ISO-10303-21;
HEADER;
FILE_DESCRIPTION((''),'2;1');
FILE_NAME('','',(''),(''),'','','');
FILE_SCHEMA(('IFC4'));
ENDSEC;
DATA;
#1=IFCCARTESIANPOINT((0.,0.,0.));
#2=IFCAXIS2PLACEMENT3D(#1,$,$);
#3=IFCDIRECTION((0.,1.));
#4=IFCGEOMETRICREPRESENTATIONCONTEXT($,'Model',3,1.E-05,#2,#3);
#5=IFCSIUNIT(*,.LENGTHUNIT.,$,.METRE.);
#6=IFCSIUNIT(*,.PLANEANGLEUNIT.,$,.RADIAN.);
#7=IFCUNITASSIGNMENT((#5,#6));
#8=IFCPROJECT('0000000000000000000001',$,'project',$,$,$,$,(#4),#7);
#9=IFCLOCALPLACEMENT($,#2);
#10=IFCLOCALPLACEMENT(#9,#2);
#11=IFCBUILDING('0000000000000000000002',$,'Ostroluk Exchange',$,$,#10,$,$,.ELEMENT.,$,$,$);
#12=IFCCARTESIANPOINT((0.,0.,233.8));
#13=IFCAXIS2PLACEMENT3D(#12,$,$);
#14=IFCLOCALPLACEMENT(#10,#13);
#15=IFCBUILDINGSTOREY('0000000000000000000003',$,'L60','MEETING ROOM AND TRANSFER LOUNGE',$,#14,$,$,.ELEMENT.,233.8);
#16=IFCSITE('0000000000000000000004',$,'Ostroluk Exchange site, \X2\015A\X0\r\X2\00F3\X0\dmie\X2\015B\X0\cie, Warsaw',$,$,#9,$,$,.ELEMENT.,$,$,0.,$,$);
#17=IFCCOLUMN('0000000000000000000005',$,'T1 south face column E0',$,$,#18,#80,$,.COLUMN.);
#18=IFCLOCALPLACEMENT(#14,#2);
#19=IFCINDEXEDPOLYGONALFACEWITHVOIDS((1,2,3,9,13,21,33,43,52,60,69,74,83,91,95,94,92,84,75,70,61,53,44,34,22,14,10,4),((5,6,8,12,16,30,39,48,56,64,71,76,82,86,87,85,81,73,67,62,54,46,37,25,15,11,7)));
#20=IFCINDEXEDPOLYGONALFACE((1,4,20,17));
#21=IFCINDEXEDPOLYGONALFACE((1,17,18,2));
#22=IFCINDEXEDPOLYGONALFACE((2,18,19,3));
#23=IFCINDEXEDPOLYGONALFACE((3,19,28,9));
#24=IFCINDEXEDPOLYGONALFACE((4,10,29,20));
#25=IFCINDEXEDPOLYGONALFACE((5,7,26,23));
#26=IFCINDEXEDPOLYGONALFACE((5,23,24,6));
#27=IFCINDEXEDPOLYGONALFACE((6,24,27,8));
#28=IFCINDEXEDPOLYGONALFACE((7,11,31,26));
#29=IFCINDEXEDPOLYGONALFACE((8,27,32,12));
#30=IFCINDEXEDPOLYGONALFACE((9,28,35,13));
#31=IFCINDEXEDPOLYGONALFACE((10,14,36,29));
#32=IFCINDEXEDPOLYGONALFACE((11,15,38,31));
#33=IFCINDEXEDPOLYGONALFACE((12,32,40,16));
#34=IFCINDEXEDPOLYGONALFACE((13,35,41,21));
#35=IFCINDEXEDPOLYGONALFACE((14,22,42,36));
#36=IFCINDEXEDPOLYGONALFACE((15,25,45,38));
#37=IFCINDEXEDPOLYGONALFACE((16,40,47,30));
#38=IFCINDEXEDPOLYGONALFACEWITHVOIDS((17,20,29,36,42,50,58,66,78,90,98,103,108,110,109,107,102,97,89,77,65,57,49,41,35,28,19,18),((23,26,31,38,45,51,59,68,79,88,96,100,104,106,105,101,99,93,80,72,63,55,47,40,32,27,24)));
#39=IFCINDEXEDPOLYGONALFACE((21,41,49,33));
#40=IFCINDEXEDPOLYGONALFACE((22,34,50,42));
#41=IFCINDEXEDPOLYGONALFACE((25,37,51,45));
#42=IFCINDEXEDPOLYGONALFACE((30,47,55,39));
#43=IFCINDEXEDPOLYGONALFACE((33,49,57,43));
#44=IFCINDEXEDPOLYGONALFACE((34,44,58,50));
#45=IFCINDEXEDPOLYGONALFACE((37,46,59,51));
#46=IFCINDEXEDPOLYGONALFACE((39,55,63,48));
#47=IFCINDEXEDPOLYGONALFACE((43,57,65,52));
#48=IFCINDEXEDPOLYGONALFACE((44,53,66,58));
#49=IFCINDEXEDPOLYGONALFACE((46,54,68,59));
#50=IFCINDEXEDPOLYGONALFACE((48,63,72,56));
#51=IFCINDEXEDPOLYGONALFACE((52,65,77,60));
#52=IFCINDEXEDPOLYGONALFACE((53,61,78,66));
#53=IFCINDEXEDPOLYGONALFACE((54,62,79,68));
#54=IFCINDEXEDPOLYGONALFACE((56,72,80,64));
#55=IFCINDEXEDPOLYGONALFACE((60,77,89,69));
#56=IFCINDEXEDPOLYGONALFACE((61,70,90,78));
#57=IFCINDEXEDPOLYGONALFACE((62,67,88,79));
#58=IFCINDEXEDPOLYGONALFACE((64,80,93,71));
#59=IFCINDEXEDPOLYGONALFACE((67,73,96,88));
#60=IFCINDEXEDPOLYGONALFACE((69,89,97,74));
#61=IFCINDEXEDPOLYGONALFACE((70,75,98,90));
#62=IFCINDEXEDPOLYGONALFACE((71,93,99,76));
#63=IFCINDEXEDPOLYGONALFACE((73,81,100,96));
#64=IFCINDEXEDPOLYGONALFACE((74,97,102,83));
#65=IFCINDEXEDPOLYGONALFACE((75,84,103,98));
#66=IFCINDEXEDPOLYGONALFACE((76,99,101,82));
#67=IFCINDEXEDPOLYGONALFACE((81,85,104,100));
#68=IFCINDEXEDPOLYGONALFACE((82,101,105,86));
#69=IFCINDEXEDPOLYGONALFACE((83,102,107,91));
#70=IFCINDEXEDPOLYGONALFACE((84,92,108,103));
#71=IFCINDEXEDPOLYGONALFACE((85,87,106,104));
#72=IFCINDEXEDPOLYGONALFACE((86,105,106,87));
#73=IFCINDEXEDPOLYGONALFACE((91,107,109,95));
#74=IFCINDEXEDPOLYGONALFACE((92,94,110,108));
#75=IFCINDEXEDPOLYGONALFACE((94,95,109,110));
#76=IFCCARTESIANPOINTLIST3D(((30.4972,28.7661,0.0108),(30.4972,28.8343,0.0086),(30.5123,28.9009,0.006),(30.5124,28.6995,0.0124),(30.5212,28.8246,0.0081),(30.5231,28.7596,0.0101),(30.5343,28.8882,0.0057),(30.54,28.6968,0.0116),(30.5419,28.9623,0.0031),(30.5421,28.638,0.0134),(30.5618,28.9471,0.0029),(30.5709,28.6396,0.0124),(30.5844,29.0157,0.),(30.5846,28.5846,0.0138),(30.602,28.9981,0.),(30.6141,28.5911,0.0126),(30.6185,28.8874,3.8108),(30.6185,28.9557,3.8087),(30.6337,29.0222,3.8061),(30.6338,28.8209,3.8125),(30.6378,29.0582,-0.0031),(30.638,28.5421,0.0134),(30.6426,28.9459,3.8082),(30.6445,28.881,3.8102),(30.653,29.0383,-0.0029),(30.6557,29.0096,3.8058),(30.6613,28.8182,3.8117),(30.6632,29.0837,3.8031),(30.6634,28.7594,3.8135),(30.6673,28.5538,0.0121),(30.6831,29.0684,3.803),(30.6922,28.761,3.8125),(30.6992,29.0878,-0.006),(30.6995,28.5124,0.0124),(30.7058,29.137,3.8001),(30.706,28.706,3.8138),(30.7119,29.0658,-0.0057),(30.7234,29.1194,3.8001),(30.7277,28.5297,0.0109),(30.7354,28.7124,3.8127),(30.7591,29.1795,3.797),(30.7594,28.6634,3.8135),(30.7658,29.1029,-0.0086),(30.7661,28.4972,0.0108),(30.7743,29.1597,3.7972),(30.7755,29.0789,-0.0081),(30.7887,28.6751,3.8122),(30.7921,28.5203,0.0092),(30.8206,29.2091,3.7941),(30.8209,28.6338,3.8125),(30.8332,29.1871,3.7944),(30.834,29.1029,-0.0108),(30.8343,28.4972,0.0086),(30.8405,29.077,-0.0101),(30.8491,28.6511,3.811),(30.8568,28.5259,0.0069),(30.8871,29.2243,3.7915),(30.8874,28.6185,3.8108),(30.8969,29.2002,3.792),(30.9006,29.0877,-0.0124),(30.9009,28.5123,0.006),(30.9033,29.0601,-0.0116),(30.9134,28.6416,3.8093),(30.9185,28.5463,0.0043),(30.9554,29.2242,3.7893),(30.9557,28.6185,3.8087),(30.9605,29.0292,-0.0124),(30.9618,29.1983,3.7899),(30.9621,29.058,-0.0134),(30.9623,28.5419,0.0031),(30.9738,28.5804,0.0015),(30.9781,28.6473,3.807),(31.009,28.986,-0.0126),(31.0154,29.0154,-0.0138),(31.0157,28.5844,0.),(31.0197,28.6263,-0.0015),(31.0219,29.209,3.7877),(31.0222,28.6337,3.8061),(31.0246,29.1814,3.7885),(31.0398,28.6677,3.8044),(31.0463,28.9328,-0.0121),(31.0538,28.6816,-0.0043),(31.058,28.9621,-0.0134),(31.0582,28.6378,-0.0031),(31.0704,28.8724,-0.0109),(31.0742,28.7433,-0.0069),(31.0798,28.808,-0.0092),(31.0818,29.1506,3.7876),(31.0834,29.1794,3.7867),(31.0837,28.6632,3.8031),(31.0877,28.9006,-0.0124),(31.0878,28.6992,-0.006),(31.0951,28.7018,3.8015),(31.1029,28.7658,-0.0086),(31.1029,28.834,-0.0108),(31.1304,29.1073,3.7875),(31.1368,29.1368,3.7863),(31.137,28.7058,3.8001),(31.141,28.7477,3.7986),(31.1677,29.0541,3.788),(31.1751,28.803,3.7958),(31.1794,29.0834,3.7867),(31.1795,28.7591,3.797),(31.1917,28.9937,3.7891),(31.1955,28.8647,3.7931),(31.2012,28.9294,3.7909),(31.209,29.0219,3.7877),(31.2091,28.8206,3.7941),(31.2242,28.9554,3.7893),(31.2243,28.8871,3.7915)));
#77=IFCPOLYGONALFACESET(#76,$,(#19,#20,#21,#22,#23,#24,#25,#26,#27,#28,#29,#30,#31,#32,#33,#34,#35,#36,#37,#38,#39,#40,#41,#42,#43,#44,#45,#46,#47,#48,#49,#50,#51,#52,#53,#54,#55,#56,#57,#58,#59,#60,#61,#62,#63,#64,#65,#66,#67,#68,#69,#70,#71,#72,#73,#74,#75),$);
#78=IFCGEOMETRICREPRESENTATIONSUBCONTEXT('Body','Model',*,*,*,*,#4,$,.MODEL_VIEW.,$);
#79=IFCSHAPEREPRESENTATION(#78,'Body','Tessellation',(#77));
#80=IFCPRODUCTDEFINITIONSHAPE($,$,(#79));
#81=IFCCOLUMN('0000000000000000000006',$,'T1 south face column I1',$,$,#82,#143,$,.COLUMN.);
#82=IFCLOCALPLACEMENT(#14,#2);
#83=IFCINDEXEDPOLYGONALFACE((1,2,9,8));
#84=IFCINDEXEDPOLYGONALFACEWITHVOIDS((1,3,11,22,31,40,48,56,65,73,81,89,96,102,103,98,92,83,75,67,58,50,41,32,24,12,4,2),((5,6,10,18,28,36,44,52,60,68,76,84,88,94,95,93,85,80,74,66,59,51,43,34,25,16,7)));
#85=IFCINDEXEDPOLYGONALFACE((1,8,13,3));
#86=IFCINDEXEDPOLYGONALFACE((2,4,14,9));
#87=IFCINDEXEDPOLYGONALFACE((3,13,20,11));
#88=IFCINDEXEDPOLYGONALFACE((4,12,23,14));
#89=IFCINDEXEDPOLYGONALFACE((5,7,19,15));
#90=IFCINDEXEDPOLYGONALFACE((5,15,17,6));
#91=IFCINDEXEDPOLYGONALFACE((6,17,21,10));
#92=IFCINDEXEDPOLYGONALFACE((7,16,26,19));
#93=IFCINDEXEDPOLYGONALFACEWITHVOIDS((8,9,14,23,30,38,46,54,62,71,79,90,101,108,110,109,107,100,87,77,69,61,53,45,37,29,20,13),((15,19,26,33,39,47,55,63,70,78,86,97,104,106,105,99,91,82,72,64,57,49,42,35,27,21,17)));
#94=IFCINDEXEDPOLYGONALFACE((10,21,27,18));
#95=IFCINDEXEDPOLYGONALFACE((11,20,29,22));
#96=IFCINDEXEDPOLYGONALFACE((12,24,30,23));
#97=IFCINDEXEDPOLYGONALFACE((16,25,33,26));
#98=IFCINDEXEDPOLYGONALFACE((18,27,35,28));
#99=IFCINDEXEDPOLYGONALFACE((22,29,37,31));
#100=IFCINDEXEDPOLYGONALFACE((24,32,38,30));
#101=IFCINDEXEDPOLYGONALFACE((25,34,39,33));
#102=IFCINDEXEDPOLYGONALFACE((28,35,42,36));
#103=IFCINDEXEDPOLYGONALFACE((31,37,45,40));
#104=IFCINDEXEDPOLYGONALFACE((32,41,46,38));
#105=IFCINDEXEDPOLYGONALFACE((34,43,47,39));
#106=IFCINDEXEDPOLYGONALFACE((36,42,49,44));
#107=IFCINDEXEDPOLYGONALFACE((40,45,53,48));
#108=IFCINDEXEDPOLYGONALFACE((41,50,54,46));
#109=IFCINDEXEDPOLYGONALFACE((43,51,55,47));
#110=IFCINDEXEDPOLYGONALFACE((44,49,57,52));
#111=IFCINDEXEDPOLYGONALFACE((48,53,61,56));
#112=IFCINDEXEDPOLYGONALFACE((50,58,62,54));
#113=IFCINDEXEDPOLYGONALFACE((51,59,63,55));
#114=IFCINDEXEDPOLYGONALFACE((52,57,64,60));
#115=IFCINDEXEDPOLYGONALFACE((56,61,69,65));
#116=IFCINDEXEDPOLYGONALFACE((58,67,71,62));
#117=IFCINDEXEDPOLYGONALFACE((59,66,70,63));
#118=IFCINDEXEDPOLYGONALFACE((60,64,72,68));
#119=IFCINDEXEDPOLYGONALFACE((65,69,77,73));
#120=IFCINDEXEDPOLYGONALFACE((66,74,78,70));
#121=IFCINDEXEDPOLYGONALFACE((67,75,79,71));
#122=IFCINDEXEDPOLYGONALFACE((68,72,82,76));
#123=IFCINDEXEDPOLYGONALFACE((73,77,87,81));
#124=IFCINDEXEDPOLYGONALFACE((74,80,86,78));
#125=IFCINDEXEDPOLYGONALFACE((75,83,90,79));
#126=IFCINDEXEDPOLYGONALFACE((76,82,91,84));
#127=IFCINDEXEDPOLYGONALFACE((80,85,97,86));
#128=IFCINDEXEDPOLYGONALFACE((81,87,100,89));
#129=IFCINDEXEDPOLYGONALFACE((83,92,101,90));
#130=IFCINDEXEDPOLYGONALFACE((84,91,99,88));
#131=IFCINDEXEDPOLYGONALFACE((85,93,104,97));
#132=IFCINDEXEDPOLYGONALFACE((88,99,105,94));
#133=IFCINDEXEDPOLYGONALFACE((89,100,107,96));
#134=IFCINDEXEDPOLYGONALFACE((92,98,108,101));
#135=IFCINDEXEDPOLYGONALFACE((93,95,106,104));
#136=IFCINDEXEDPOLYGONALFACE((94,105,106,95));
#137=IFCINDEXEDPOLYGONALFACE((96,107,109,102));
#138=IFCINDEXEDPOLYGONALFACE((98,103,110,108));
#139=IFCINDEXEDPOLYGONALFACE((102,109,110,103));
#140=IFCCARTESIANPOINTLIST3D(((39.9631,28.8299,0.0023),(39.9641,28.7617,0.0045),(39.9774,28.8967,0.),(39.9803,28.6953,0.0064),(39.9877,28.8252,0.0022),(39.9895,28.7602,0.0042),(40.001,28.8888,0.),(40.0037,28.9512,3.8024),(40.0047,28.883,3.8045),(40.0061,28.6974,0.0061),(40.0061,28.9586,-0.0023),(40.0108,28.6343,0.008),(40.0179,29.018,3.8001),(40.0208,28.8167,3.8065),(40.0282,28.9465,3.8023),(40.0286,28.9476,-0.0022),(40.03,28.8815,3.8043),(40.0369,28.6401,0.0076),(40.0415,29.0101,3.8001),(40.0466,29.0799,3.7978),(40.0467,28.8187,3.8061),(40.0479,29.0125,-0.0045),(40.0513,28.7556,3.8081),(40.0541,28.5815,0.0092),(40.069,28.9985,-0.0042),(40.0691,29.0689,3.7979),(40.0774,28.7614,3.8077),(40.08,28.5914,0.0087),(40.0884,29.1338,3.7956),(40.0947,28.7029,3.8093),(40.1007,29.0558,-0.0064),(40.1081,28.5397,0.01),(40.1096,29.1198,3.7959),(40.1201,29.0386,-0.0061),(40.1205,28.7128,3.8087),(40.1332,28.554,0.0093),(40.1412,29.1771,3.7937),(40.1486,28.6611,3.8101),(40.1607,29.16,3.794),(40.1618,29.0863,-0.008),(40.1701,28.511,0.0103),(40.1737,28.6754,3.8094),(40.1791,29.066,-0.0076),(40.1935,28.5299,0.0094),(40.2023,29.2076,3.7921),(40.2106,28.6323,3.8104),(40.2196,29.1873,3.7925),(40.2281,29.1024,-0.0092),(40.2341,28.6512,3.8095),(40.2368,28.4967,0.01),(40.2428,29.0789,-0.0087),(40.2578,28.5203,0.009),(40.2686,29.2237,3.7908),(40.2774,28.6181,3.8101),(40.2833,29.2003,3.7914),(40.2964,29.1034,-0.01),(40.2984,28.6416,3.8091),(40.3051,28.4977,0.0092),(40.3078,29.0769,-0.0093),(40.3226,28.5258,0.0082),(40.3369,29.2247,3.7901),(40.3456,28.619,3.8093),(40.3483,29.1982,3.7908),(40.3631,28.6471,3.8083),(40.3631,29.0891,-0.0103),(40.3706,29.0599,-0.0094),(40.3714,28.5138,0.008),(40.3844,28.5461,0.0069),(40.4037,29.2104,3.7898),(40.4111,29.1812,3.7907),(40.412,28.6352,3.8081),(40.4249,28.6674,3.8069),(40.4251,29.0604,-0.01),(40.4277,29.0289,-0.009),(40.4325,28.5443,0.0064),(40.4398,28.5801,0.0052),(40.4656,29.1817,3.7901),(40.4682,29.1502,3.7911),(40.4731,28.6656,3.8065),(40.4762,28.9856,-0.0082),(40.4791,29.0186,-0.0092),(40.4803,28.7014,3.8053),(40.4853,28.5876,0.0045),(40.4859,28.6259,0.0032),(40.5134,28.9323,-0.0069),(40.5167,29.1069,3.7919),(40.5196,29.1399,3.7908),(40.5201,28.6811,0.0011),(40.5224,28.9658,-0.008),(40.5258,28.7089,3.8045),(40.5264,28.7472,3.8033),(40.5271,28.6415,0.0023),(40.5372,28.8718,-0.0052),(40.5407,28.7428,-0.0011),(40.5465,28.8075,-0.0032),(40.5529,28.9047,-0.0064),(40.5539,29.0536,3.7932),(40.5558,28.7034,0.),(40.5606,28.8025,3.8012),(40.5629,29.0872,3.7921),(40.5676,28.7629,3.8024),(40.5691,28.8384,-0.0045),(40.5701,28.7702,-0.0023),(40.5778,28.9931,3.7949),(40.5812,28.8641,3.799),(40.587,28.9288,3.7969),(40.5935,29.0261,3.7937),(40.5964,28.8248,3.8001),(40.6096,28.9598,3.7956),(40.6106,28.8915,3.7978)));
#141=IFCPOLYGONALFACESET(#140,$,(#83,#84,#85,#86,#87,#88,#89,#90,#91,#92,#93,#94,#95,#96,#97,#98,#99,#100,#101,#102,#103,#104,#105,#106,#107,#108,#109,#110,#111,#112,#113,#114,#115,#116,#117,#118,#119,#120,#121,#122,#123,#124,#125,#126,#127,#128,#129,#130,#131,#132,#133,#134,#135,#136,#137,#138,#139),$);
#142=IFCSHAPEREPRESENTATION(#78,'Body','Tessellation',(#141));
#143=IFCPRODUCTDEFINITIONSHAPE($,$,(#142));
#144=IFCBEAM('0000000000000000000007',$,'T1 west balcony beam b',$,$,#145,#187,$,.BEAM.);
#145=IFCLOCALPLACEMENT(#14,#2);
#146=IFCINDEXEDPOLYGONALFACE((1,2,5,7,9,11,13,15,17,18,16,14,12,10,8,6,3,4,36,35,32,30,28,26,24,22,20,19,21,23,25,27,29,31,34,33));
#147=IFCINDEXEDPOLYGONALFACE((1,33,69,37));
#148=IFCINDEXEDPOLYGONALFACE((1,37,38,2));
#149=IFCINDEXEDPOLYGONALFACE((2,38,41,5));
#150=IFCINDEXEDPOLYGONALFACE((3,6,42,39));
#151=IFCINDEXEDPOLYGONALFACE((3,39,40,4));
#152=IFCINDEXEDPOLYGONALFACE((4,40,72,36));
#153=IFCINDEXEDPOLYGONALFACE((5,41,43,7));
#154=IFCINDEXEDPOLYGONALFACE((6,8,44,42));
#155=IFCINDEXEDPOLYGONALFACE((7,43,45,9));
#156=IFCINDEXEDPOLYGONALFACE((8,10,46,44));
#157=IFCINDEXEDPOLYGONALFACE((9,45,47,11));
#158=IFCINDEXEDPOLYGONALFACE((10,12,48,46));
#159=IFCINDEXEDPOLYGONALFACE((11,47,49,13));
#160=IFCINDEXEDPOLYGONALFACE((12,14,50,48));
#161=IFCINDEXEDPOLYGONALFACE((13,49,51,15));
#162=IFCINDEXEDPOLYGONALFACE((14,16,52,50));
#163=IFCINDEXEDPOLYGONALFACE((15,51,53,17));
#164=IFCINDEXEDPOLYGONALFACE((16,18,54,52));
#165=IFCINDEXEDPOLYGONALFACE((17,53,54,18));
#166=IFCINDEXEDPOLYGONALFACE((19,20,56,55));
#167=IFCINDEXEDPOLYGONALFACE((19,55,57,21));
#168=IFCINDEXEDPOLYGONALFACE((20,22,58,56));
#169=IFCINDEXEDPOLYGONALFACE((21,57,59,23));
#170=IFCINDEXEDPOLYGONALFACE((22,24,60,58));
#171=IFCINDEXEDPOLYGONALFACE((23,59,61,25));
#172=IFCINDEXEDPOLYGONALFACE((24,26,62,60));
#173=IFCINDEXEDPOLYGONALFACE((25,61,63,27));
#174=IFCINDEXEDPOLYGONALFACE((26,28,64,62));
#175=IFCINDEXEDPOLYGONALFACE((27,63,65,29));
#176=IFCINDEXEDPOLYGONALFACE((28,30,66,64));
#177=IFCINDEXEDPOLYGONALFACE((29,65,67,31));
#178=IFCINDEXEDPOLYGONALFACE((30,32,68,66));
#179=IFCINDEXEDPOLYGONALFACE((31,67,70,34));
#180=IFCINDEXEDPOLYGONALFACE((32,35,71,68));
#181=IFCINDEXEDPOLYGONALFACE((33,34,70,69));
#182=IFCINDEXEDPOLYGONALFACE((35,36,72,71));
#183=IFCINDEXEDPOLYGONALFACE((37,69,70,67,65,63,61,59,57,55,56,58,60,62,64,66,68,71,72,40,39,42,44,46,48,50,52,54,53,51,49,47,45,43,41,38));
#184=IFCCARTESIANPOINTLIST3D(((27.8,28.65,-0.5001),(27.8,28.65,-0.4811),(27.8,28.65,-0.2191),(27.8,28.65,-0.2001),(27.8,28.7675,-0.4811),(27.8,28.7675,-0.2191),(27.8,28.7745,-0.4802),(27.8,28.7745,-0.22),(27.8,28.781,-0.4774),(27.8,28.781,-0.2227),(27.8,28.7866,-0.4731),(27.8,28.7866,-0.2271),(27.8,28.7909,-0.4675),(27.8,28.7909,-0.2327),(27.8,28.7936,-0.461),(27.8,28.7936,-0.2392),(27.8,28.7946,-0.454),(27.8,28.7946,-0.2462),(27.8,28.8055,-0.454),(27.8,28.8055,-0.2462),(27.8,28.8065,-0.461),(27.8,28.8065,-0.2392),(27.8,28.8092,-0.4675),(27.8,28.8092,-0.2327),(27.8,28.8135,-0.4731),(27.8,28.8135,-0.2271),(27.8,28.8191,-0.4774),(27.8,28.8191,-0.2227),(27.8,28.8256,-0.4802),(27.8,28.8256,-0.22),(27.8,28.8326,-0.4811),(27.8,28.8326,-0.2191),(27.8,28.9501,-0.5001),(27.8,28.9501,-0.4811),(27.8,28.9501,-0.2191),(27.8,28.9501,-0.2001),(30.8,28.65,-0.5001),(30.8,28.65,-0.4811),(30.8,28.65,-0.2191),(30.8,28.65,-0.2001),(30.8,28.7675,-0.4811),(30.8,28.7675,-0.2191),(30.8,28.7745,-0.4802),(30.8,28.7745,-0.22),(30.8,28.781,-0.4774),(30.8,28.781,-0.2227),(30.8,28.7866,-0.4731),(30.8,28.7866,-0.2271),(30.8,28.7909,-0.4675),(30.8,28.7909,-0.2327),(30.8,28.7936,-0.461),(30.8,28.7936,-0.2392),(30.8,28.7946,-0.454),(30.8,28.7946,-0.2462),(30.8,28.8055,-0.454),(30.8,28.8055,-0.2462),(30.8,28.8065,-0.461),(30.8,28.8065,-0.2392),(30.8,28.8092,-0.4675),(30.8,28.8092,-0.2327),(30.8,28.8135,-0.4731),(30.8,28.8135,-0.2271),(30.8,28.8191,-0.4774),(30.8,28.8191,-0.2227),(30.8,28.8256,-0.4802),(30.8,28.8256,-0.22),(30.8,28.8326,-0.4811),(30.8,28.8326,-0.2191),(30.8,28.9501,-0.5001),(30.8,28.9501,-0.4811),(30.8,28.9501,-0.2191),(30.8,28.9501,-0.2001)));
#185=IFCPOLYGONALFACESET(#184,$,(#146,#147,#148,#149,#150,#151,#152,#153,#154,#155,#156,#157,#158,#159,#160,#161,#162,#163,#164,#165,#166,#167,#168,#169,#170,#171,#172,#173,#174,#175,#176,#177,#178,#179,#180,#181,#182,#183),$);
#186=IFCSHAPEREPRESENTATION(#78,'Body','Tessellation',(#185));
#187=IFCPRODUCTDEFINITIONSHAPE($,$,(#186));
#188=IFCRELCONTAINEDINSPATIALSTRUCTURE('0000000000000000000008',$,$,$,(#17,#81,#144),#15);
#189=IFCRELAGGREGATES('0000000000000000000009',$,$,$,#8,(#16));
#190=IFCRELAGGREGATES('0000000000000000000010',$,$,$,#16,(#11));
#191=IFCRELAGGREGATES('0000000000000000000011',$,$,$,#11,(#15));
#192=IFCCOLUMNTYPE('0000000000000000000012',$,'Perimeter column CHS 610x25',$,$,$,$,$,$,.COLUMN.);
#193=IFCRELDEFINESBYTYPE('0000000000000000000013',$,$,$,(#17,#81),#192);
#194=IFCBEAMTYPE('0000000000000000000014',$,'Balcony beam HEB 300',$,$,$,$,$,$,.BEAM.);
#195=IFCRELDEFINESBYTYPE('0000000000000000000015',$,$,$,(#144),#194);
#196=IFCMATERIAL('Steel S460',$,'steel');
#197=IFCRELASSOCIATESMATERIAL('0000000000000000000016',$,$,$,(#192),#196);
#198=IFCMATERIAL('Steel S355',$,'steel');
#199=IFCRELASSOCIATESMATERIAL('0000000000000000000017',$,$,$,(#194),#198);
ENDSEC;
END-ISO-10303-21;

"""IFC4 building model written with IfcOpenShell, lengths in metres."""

from ifc_helpers import new_model, si_unit, direction, frame, origin, origin_2d, place, context, subcontext, project, spatial, hollow_circle, i_section, extrude, material, material_profile, profile_set, type_object, element, save


model = new_model("IFC4")

# Units and contexts
model_context = context("Model", 3, precision=1e-05, world=origin(), true_north=direction((0.0, 1.0)))
body_context = subcontext(model_context, "Body", "Model", "MODEL_VIEW")
ifc_project = project(units=[si_unit("LENGTHUNIT", "METRE"), si_unit("PLANEANGLEUNIT", "RADIAN")], contexts=[model_context])

# Site, building, storey
site_placement = place(None, origin())
site = spatial("IfcSite", under=ifc_project, at=site_placement, Name="Ostroluk Exchange site, Śródmieście, Warsaw", CompositionType="ELEMENT", RefElevation=0.0)
building_placement = place(site_placement, origin())
building = spatial("IfcBuilding", under=site, at=building_placement, Name="Ostroluk Exchange", CompositionType="ELEMENT")
storey_placement = place(building_placement, frame((0.0, 0.0, 233.8)))
storey = spatial("IfcBuildingStorey", under=building, at=storey_placement, Name="L60", Description="MEETING ROOM AND TRANSFER LOUNGE", CompositionType="ELEMENT", Elevation=233.8)

# Columns
ifc_material_1 = material(Name="Steel S460", Category="steel")
ifc_material_profile_1 = material_profile(ifc_material_1, hollow_circle(Radius=0.3049, WallThickness=0.0249, at=origin_2d()), Name="CHS 610x25")
ifc_profile_set_1 = profile_set([ifc_material_profile_1], Name="Steel S460")
column_type = type_object("IfcColumnType", Name="Perimeter column CHS 610x25", PredefinedType="COLUMN", material=ifc_profile_set_1)
column_1_placement = place(storey_placement, frame((30.8, 28.8, 0.0), z_axis=(0.031898, 0.031898, 0.998982), x_axis=(-0.707107, 0.707107, 0.0)))
element("IfcColumn", 1, at=column_1_placement, inside=storey, type_object=column_type, Name="T1 south face column E0", PredefinedType="COLUMN", context=body_context, shape_type="SweptSolid", body=[
    extrude(hollow_circle(Radius=0.3049, WallThickness=0.0249, at=origin_2d()), origin(), (0.0, 0.0, 1.0), 3.804),
])
column_2_placement = place(storey_placement, frame((40.2666, 28.8, 0.0), z_axis=(0.010659, 0.031913, 0.999434), x_axis=(-0.948492, 0.3168, 0.0)))
element("IfcColumn", 2, at=column_2_placement, inside=storey, type_object=column_type, Name="T1 south face column I1", PredefinedType="COLUMN", context=body_context, shape_type="SweptSolid", body=[
    extrude(hollow_circle(Radius=0.3049, WallThickness=0.0249, at=origin_2d()), origin(), (0.0, 0.0, 1.0), 3.8022),
])

# Beam
ifc_material_2 = material(Name="Steel S355", Category="steel")
ifc_material_profile_2 = material_profile(ifc_material_2, i_section(OverallWidth=0.3, OverallDepth=0.3, WebThickness=0.011, FlangeThickness=0.019, FilletRadius=0.0271, at=origin_2d()), Name="HEB 300")
ifc_profile_set_2 = profile_set([ifc_material_profile_2], Name="Steel S355")
beam_type = type_object("IfcBeamType", Name="Balcony beam HEB 300", PredefinedType="BEAM", material=ifc_profile_set_2)
beam_placement = place(storey_placement, frame((30.8, 28.8, -0.3501), z_axis=(-1.0, 0.0, 0.0), x_axis=(0.0, -1.0, 0.0)))
element("IfcBeam", 3, at=beam_placement, inside=storey, type_object=beam_type, Name="T1 west balcony beam b", PredefinedType="BEAM", context=body_context, shape_type="SweptSolid", body=[
    extrude(i_section(OverallWidth=0.3, OverallDepth=0.3, WebThickness=0.011, FlangeThickness=0.019, FilletRadius=0.0271, at=origin_2d()), origin(), (0.0, 0.0, 1.0), 3.0),
])

save(model, "model.ifc")
